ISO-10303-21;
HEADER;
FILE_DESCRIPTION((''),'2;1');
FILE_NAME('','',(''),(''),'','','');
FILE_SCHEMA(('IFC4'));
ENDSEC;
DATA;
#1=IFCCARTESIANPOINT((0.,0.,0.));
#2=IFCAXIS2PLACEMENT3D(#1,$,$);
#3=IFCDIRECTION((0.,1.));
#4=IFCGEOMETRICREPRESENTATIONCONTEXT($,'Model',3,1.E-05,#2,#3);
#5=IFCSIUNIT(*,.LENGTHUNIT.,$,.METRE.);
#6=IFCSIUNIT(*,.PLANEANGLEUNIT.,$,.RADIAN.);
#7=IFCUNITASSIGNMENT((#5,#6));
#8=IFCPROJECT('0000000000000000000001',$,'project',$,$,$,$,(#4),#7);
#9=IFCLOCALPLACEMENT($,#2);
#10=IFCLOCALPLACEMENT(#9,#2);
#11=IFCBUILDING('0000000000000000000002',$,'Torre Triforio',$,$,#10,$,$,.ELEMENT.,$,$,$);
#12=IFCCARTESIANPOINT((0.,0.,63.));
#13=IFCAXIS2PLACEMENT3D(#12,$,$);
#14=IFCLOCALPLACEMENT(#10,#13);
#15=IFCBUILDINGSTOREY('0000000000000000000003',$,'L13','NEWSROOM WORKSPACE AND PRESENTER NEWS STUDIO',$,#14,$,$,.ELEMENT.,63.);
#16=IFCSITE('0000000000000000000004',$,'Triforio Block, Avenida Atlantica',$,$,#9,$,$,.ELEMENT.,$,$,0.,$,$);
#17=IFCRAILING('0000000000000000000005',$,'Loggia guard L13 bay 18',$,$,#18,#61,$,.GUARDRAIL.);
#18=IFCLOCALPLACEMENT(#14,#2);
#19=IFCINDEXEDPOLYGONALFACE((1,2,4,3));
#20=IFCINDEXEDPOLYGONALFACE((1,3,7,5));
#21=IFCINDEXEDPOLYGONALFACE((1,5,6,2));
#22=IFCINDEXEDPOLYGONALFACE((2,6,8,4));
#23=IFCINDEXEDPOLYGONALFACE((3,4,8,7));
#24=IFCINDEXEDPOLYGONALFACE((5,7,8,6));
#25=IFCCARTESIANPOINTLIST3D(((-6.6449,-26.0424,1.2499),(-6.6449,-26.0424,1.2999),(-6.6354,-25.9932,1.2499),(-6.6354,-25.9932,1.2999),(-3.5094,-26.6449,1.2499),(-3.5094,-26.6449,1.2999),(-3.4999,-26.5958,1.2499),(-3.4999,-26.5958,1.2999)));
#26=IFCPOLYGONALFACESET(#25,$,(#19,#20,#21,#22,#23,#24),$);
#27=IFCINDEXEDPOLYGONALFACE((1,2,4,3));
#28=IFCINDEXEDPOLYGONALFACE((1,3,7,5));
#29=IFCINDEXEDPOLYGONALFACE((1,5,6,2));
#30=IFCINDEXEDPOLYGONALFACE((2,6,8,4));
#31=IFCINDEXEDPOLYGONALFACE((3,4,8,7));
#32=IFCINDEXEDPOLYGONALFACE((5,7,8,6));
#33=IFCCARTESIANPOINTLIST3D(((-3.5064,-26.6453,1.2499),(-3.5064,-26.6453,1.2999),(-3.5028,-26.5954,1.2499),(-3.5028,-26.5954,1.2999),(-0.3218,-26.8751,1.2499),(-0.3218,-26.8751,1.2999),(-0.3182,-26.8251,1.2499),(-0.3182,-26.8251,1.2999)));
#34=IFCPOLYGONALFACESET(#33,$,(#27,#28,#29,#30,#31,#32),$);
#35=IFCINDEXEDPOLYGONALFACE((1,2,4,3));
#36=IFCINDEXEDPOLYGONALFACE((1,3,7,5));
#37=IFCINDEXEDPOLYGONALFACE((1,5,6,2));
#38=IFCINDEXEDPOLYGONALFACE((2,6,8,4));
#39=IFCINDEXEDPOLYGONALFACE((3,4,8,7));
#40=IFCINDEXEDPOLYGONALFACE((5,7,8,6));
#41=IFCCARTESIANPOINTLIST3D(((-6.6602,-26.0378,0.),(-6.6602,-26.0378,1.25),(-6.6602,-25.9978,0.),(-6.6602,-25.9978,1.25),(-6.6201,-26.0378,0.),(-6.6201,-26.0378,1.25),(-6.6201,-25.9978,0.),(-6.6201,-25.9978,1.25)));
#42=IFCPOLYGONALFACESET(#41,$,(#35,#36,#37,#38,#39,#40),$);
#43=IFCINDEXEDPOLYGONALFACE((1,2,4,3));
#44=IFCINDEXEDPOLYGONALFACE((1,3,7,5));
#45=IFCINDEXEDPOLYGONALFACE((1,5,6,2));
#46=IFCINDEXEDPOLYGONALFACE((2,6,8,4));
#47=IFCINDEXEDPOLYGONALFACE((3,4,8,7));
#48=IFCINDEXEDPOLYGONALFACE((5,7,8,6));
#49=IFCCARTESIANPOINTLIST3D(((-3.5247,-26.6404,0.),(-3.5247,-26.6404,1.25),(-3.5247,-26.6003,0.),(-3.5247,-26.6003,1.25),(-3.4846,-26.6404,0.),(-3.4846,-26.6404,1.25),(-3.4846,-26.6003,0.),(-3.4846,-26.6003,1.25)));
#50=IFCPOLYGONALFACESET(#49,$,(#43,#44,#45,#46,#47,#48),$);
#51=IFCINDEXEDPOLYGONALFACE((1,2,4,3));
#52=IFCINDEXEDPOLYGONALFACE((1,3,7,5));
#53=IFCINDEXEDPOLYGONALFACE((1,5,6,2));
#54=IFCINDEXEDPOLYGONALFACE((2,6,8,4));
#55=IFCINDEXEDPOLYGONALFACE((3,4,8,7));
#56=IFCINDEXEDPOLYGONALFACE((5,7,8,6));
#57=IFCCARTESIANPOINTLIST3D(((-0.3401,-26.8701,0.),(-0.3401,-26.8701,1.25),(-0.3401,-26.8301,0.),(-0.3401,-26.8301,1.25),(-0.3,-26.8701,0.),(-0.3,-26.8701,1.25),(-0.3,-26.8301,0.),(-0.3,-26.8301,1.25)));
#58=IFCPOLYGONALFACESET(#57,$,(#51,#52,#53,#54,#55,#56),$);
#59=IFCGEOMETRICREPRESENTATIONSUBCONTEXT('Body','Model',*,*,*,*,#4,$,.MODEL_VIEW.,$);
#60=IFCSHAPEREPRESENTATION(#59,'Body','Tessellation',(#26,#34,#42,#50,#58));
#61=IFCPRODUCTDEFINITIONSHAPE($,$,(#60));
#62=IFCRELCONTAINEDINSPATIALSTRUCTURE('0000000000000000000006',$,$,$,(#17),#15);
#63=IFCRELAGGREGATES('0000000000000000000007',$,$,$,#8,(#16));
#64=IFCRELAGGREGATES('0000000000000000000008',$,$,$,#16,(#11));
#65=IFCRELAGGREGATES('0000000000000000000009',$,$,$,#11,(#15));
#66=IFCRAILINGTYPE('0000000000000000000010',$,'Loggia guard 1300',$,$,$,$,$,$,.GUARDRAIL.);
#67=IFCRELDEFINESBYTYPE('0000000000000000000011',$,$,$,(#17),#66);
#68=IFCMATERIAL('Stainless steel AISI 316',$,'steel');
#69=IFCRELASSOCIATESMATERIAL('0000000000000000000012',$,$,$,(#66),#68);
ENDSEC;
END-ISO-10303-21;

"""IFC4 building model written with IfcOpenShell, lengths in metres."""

from ifc_helpers import new_model, si_unit, direction, frame, origin, origin_2d, place, context, subcontext, project, spatial, rectangle, extrude, material, type_object, element, save


model = new_model("IFC4")

# Units and contexts
model_context = context("Model", 3, precision=1e-05, world=origin(), true_north=direction((0.0, 1.0)))
body_context = subcontext(model_context, "Body", "Model", "MODEL_VIEW")
ifc_project = project(units=[si_unit("LENGTHUNIT", "METRE"), si_unit("PLANEANGLEUNIT", "RADIAN")], contexts=[model_context])

# Site, building, storey
site_placement = place(None, origin())
site = spatial("IfcSite", under=ifc_project, at=site_placement, Name="Triforio Block, Avenida Atlantica", CompositionType="ELEMENT", RefElevation=0.0)
building_placement = place(site_placement, origin())
building = spatial("IfcBuilding", under=site, at=building_placement, Name="Torre Triforio", CompositionType="ELEMENT")
storey_placement = place(building_placement, frame((0.0, 0.0, 63.0)))
storey = spatial("IfcBuildingStorey", under=building, at=storey_placement, Name="L13", Description="NEWSROOM WORKSPACE AND PRESENTER NEWS STUDIO", CompositionType="ELEMENT", Elevation=63.0)

# Railing
ifc_material_1 = material(Name="Stainless steel AISI 316", Category="steel")
railing_type = type_object("IfcRailingType", Name="Loggia guard 1300", PredefinedType="GUARDRAIL", material=ifc_material_1)
railing_placement = place(storey_placement, frame((-6.6401, -26.0178, 0.0)))
element("IfcRailing", 1, at=railing_placement, inside=storey, type_object=railing_type, Name="Loggia guard L13 bay 18", PredefinedType="GUARDRAIL", context=body_context, shape_type="SweptSolid", body=[
    extrude(rectangle(XDim=0.05, YDim=0.05, at=origin_2d()), frame((0.0, 0.0, 1.2749), z_axis=(0.982032, -0.188714, 0.0), x_axis=(0.188714, 0.982032, 0.0)), (0.0, 0.0, 1.0), 3.1929),
    extrude(rectangle(XDim=0.05, YDim=0.05, at=origin_2d()), frame((3.1355, -0.6025, 1.2749), z_axis=(0.997408, -0.071953, 0.0), x_axis=(0.071953, 0.997408, 0.0)), (0.0, 0.0, 1.0), 3.1929),
    extrude(rectangle(XDim=0.04, YDim=0.04, at=origin_2d()), origin(), (0.0, 0.0, 1.0), 1.25),
    extrude(rectangle(XDim=0.04, YDim=0.04, at=origin_2d()), frame((3.1355, -0.6025, 0.0)), (0.0, 0.0, 1.0), 1.25),
    extrude(rectangle(XDim=0.04, YDim=0.04, at=origin_2d()), frame((6.3201, -0.8323, 0.0)), (0.0, 0.0, 1.0), 1.25),
])

save(model, "model.ifc")
